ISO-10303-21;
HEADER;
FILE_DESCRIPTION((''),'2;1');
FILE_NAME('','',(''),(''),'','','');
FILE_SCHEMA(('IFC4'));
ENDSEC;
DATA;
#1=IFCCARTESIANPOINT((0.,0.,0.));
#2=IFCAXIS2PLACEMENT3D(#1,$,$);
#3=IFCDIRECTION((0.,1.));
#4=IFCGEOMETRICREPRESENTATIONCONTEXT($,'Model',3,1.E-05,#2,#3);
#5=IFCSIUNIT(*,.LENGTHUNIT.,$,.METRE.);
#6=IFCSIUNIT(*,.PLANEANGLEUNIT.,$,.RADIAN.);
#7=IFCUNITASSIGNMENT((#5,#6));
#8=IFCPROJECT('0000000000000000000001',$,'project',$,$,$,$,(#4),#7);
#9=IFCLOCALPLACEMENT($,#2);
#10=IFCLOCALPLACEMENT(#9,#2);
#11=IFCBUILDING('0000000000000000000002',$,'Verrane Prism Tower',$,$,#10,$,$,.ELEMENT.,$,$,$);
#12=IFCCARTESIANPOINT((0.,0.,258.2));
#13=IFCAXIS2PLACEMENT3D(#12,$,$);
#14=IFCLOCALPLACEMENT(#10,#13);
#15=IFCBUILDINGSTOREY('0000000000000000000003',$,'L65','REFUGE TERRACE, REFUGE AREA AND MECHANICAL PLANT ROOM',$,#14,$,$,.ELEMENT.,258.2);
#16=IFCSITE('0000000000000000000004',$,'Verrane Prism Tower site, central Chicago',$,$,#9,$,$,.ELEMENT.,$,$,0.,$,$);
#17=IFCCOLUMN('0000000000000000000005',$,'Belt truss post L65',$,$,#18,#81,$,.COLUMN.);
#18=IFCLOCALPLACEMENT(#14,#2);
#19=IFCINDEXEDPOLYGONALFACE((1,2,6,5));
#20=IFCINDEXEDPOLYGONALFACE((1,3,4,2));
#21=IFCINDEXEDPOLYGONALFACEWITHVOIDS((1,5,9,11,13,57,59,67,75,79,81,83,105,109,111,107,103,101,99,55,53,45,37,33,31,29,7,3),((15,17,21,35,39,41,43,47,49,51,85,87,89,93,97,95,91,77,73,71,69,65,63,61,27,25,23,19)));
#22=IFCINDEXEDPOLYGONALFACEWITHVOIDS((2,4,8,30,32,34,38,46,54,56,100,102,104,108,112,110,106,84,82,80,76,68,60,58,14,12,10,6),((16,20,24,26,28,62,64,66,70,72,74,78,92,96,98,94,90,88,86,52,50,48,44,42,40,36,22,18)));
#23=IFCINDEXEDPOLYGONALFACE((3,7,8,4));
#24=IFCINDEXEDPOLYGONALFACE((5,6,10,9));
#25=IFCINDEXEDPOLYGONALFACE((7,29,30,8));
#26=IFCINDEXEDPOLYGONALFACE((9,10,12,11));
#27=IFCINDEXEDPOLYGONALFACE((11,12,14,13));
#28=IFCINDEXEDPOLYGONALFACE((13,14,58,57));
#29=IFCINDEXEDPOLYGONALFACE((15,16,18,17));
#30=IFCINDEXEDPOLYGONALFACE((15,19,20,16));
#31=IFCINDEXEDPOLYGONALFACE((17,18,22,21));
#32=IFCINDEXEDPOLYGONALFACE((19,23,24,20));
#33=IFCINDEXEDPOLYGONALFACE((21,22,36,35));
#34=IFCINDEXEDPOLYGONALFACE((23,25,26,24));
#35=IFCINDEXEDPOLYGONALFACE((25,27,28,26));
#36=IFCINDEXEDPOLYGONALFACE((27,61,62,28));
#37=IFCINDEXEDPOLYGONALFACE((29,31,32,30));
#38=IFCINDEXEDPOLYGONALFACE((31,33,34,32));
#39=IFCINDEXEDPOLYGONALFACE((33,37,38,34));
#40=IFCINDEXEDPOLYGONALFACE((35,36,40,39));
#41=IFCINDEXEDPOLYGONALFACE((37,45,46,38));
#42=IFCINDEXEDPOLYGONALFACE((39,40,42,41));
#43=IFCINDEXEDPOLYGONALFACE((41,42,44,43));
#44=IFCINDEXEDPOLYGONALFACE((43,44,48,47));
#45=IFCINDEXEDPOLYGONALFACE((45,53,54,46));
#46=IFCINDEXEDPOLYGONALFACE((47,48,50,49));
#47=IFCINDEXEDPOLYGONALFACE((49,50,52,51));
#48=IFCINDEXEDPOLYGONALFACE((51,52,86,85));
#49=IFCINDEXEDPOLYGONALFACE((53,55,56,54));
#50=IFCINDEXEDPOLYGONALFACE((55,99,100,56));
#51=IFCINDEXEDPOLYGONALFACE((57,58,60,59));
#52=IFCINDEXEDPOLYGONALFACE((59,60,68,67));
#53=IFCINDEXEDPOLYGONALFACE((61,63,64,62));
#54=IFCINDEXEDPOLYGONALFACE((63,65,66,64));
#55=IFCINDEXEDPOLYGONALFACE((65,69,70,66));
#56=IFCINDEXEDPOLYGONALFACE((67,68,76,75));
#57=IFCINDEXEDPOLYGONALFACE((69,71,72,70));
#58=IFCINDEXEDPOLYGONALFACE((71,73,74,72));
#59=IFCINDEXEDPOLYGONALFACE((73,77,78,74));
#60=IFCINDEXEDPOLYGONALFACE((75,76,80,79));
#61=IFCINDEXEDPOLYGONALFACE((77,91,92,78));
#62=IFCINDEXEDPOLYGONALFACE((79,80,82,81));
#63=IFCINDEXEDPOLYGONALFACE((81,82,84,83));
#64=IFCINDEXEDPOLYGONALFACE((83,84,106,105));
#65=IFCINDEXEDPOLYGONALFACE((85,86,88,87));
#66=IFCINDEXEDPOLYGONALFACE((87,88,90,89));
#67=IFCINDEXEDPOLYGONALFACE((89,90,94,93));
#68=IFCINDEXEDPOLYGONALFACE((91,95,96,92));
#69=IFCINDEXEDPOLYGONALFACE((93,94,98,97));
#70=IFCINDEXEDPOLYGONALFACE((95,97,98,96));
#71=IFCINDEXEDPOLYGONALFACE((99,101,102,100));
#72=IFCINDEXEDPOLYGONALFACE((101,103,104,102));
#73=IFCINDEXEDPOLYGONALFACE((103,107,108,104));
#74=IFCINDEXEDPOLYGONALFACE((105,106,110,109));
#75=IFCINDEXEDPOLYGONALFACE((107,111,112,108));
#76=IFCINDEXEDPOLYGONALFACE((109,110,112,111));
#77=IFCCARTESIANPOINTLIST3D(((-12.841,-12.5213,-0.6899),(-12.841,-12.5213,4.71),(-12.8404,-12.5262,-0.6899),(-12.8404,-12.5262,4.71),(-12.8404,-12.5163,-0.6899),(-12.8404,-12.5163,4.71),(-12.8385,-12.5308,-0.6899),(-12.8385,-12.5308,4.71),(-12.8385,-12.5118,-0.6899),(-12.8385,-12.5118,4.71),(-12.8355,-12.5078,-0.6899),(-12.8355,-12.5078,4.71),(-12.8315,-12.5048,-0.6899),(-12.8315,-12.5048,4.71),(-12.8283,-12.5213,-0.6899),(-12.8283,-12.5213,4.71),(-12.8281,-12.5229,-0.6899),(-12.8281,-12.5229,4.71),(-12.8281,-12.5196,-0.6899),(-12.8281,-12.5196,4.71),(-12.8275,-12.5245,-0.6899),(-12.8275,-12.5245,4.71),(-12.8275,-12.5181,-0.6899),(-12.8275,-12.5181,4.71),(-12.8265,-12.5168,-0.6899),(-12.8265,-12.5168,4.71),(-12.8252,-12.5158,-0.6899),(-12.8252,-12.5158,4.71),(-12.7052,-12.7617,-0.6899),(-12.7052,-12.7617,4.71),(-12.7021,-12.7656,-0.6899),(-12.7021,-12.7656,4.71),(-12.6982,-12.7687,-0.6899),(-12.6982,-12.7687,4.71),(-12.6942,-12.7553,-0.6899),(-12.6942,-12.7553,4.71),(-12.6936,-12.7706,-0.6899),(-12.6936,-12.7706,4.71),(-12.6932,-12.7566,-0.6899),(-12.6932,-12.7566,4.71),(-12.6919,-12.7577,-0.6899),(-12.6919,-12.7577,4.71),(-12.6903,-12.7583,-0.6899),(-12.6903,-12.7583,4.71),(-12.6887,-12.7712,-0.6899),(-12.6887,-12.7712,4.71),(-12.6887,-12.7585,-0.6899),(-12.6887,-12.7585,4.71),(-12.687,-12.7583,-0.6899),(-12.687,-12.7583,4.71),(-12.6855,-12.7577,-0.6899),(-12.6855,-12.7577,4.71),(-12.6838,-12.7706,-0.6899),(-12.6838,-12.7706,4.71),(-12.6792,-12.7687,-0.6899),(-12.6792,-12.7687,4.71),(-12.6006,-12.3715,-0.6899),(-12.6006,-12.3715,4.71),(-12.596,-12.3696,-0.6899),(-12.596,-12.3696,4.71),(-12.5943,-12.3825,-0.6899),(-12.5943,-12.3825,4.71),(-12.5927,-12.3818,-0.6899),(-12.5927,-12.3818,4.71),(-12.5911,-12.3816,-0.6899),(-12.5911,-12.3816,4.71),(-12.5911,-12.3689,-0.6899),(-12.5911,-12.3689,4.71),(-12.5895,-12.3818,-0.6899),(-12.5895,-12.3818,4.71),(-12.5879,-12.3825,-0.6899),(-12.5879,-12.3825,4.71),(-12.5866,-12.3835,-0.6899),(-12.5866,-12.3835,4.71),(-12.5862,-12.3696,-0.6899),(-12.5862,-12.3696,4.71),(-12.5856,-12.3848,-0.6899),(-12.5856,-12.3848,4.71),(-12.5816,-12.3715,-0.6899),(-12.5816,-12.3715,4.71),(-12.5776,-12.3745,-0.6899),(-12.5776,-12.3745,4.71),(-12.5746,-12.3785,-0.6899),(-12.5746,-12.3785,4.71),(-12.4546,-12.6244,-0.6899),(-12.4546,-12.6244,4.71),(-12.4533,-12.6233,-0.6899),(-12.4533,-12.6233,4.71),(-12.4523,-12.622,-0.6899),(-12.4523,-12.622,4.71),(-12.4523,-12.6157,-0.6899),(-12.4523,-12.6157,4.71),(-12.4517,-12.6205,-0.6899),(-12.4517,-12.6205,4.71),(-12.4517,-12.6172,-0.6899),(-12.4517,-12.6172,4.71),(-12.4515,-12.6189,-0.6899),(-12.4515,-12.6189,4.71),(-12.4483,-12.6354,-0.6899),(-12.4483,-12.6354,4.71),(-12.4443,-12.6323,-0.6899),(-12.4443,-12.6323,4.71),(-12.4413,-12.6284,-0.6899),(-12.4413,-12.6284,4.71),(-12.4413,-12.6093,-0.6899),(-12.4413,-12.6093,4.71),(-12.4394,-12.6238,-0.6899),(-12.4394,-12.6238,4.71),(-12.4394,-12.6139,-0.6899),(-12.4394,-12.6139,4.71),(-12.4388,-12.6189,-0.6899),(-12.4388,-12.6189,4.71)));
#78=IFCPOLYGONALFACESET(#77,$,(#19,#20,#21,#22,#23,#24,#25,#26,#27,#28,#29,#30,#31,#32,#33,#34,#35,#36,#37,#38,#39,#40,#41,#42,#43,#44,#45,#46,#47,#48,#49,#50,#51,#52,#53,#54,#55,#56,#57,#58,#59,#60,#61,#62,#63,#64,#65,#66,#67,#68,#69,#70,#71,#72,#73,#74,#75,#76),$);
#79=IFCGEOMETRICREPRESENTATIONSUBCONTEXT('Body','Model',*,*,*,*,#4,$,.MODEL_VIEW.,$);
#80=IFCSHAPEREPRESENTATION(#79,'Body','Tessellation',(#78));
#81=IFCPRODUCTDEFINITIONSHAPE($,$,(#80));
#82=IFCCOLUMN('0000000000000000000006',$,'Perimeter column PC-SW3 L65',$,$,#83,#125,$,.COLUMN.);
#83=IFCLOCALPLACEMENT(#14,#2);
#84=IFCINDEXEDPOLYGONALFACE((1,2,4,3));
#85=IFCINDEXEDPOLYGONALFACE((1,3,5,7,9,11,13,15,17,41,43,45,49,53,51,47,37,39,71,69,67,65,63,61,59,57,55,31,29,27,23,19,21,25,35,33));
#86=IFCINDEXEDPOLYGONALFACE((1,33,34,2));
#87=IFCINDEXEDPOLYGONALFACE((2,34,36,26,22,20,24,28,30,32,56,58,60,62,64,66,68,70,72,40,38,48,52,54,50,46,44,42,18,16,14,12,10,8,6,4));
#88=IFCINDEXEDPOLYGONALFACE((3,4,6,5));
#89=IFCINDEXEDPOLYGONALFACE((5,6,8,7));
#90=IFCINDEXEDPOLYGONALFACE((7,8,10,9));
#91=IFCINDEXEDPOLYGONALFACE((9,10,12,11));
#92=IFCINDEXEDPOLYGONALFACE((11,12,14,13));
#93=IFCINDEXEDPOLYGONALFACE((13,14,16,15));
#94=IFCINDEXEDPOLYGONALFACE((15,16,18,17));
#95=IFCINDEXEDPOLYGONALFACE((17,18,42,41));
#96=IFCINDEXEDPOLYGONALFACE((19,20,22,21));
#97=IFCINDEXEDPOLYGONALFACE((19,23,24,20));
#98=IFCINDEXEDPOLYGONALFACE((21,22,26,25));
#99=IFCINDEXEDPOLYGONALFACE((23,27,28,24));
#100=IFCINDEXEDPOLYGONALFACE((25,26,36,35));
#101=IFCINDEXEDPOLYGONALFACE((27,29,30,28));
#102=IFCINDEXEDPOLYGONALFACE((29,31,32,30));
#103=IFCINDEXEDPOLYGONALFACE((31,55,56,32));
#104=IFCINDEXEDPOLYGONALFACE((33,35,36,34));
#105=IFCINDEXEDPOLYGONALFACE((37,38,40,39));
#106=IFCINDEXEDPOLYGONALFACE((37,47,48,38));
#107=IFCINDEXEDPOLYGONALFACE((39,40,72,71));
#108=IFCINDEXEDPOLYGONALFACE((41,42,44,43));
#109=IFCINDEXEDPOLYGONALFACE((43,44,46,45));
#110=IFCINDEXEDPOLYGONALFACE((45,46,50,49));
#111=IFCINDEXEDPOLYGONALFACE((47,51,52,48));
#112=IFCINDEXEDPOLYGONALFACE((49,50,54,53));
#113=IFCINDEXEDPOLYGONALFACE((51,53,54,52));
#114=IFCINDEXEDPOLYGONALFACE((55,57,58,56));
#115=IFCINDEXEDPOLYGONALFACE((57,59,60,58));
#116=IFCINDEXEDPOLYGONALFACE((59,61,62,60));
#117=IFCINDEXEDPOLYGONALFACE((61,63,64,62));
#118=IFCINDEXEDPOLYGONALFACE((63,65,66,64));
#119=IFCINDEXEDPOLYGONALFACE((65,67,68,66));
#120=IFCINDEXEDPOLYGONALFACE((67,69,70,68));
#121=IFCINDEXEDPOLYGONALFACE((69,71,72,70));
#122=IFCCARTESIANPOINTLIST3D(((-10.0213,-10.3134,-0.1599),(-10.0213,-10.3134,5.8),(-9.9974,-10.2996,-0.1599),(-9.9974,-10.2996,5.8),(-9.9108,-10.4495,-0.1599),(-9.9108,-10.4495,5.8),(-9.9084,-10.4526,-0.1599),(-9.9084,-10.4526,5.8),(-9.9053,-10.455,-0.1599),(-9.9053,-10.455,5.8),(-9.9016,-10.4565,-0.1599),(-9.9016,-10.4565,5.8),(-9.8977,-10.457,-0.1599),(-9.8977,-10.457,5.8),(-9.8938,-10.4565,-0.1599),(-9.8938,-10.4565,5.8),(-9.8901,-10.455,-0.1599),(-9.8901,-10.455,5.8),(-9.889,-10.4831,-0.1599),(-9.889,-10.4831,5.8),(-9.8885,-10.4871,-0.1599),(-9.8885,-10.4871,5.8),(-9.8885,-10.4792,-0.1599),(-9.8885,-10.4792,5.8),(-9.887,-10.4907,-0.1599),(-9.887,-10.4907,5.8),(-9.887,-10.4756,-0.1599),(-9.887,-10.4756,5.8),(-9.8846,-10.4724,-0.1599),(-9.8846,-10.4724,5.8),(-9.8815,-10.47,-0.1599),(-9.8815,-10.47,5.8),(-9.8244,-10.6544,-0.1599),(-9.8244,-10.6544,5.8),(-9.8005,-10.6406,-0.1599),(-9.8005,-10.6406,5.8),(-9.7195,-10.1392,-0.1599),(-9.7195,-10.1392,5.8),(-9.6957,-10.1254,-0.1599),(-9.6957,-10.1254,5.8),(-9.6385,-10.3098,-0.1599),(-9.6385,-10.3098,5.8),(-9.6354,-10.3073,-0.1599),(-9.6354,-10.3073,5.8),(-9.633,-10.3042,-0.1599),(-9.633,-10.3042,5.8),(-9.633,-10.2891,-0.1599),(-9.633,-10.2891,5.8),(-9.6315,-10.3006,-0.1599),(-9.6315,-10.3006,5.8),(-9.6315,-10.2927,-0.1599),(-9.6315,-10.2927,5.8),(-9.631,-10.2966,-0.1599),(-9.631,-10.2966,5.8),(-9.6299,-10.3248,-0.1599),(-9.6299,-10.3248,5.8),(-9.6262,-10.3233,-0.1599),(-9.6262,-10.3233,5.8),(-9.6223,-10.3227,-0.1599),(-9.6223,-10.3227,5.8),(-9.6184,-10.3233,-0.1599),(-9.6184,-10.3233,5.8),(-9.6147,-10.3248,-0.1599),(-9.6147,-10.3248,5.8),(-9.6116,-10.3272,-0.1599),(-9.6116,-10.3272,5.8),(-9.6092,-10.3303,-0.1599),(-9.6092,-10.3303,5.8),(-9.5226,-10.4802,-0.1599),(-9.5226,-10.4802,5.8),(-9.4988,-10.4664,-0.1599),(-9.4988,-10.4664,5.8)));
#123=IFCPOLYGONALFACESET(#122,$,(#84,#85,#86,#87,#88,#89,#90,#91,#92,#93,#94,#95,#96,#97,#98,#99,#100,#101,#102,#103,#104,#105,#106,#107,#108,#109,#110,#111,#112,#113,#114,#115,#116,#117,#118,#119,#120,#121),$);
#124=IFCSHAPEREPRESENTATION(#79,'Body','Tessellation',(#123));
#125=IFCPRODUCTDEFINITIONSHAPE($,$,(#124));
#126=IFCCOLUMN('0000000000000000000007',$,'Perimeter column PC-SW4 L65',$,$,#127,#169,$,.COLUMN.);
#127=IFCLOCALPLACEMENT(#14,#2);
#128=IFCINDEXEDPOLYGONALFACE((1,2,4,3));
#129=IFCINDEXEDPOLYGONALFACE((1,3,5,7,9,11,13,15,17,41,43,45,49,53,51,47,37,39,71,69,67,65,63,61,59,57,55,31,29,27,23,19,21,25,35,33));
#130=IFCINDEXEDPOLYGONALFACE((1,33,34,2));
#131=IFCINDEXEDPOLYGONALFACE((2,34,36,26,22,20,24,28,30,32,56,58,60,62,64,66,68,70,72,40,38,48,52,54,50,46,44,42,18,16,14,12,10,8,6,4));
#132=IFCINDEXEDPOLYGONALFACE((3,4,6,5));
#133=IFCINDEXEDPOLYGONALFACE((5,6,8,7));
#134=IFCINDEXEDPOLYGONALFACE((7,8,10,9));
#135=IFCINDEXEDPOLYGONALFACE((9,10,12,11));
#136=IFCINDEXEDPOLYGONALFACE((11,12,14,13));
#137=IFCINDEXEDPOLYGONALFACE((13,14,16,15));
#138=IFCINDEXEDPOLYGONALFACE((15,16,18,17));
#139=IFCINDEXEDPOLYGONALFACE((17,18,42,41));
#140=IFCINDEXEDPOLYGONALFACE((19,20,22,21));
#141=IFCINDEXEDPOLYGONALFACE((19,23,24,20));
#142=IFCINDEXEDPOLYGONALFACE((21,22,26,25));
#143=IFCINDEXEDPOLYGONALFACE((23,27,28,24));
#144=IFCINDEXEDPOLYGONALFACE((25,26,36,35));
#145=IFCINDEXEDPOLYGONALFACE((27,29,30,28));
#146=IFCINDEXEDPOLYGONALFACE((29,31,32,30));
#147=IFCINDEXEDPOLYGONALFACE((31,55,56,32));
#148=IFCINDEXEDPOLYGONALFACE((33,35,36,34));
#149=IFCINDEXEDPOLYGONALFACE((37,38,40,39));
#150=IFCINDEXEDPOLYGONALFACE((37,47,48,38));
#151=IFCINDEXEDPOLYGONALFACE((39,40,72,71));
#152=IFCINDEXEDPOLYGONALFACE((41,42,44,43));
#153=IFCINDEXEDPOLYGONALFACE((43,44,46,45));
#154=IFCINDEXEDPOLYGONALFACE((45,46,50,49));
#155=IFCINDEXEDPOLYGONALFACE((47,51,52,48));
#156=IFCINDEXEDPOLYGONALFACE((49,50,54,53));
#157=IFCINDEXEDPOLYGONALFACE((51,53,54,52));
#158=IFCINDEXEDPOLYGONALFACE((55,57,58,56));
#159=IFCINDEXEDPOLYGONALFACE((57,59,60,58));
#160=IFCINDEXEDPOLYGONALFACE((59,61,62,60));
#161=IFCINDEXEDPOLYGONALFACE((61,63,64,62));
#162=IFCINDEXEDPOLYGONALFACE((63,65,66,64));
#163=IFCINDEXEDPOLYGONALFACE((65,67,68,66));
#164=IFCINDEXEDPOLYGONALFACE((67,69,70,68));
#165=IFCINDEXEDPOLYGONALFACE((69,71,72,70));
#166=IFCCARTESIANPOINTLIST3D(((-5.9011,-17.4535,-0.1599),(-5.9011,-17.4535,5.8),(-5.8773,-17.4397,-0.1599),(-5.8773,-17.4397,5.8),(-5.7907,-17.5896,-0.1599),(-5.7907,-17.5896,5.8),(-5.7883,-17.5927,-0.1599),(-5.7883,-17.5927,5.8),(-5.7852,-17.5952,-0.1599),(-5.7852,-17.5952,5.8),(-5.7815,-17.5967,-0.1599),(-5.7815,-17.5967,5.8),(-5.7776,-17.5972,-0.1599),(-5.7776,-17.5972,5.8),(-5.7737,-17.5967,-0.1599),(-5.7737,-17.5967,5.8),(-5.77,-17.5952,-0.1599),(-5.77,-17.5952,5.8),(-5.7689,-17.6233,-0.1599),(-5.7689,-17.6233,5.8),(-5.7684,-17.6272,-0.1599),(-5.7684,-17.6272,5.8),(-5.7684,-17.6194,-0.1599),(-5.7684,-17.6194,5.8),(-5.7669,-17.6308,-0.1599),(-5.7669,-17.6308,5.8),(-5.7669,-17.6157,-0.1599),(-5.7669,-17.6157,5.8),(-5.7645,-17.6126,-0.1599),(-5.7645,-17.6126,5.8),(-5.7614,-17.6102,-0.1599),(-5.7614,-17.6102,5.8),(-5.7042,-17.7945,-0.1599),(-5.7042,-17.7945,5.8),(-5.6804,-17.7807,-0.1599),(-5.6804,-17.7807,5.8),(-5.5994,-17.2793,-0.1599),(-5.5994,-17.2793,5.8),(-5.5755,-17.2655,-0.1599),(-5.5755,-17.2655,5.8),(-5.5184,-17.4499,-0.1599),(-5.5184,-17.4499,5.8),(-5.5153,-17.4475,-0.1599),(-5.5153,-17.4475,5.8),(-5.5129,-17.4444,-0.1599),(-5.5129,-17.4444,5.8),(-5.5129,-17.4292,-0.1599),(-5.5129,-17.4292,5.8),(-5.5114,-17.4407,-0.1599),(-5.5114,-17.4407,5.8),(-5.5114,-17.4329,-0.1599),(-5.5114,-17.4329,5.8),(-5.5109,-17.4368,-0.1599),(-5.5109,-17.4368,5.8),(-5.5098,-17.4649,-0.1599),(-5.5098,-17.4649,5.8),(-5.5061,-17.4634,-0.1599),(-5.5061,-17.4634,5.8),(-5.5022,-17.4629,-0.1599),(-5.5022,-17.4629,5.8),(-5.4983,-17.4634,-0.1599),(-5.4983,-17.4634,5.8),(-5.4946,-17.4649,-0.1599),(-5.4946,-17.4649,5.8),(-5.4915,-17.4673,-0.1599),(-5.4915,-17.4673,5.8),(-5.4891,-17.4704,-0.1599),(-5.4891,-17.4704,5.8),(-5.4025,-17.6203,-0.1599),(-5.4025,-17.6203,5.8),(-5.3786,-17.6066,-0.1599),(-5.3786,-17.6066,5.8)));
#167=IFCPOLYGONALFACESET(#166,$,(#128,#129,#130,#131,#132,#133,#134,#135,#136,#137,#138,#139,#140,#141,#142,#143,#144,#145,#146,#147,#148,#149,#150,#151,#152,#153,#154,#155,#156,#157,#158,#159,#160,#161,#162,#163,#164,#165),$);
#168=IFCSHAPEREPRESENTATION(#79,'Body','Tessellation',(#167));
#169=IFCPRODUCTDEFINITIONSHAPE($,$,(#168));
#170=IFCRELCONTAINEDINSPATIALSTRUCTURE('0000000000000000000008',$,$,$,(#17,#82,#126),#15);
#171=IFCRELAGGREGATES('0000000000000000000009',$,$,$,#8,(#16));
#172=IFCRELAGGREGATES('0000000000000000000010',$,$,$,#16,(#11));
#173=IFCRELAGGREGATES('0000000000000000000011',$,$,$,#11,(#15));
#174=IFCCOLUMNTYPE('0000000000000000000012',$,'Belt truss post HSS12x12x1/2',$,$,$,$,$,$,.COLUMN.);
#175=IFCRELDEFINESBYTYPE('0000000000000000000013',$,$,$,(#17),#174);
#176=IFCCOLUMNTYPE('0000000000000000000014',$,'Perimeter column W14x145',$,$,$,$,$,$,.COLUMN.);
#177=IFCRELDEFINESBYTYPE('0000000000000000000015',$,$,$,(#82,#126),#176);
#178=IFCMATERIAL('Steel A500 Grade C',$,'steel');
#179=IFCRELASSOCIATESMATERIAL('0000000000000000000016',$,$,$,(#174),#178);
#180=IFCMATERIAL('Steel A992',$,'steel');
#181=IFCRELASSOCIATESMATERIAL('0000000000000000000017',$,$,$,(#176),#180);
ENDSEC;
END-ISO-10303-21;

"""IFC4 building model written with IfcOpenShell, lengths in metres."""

from ifc_helpers import new_model, si_unit, direction, frame, origin, origin_2d, place, context, subcontext, project, spatial, hollow_rectangle, i_section, extrude, material, material_profile, profile_set, type_object, element, save


model = new_model("IFC4")

# Units and contexts
model_context = context("Model", 3, precision=1e-05, world=origin(), true_north=direction((0.0, 1.0)))
body_context = subcontext(model_context, "Body", "Model", "MODEL_VIEW")
ifc_project = project(units=[si_unit("LENGTHUNIT", "METRE"), si_unit("PLANEANGLEUNIT", "RADIAN")], contexts=[model_context])

# Site, building, storey
site_placement = place(None, origin())
site = spatial("IfcSite", under=ifc_project, at=site_placement, Name="Verrane Prism Tower site, central Chicago", CompositionType="ELEMENT", RefElevation=0.0)
building_placement = place(site_placement, origin())
building = spatial("IfcBuilding", under=site, at=building_placement, Name="Verrane Prism Tower", CompositionType="ELEMENT")
storey_placement = place(building_placement, frame((0.0, 0.0, 258.2)))
storey = spatial("IfcBuildingStorey", under=building, at=storey_placement, Name="L65", Description="REFUGE TERRACE, REFUGE AREA AND MECHANICAL PLANT ROOM", CompositionType="ELEMENT", Elevation=258.2)

# Columns
ifc_material_1 = material(Name="Steel A500 Grade C", Category="steel")
ifc_material_profile_1 = material_profile(ifc_material_1, hollow_rectangle(XDim=0.3047, YDim=0.3047, WallThickness=0.0127, InnerFilletRadius=0.0063, OuterFilletRadius=0.019, at=origin_2d()), Name="HSS12x12x1/2")
ifc_profile_set_1 = profile_set([ifc_material_profile_1], Name="Steel A500 Grade C")
column_type_1 = type_object("IfcColumnType", Name="Belt truss post HSS12x12x1/2", PredefinedType="COLUMN", material=ifc_profile_set_1)
column_placement = place(storey_placement, frame((-12.6399, -12.5701, -0.6899), z_axis=(0.0, 0.0, 1.0), x_axis=(-0.5, 0.866025, 0.0)))
element("IfcColumn", 1, at=column_placement, inside=storey, type_object=column_type_1, Name="Belt truss post L65", PredefinedType="COLUMN", context=body_context, shape_type="SweptSolid", body=[
    extrude(hollow_rectangle(XDim=0.3047, YDim=0.3047, WallThickness=0.0127, InnerFilletRadius=0.0063, OuterFilletRadius=0.019, at=origin_2d()), origin(), (0.0, 0.0, 1.0), 5.3999),
])
ifc_material_2 = material(Name="Steel A992", Category="steel")
ifc_material_profile_2 = material_profile(ifc_material_2, i_section(OverallWidth=0.3938, OverallDepth=0.376, WebThickness=0.0173, FlangeThickness=0.0276, FilletRadius=0.0151, at=origin_2d()), Name="W14x145")
ifc_profile_set_2 = profile_set([ifc_material_profile_2], Name="Steel A992")
column_type_2 = type_object("IfcColumnType", Name="Perimeter column W14x145", PredefinedType="COLUMN", material=ifc_profile_set_2)
for number, where, z_axis, x_axis, name in (
    (2, (-9.76, -10.3899, -0.1599), (0.0, 0.0, 1.0), (-0.5, 0.866025, 0.0), "Perimeter column PC-SW3 L65"),
    (3, (-5.6399, -17.53, -0.1599), (0.0, 0.0, 1.0), (-0.5, 0.866025, 0.0), "Perimeter column PC-SW4 L65"),
):
    element("IfcColumn", number, at=place(storey_placement, frame(where, z_axis=z_axis, x_axis=x_axis)), inside=storey, type_object=column_type_2, Name=name, PredefinedType="COLUMN", context=body_context, shape_type="SweptSolid", body=[
        extrude(i_section(OverallWidth=0.3938, OverallDepth=0.376, WebThickness=0.0173, FlangeThickness=0.0276, FilletRadius=0.0151, at=origin_2d()), origin(), (0.0, 0.0, 1.0), 5.96),
    ])

save(model, "model.ifc")
